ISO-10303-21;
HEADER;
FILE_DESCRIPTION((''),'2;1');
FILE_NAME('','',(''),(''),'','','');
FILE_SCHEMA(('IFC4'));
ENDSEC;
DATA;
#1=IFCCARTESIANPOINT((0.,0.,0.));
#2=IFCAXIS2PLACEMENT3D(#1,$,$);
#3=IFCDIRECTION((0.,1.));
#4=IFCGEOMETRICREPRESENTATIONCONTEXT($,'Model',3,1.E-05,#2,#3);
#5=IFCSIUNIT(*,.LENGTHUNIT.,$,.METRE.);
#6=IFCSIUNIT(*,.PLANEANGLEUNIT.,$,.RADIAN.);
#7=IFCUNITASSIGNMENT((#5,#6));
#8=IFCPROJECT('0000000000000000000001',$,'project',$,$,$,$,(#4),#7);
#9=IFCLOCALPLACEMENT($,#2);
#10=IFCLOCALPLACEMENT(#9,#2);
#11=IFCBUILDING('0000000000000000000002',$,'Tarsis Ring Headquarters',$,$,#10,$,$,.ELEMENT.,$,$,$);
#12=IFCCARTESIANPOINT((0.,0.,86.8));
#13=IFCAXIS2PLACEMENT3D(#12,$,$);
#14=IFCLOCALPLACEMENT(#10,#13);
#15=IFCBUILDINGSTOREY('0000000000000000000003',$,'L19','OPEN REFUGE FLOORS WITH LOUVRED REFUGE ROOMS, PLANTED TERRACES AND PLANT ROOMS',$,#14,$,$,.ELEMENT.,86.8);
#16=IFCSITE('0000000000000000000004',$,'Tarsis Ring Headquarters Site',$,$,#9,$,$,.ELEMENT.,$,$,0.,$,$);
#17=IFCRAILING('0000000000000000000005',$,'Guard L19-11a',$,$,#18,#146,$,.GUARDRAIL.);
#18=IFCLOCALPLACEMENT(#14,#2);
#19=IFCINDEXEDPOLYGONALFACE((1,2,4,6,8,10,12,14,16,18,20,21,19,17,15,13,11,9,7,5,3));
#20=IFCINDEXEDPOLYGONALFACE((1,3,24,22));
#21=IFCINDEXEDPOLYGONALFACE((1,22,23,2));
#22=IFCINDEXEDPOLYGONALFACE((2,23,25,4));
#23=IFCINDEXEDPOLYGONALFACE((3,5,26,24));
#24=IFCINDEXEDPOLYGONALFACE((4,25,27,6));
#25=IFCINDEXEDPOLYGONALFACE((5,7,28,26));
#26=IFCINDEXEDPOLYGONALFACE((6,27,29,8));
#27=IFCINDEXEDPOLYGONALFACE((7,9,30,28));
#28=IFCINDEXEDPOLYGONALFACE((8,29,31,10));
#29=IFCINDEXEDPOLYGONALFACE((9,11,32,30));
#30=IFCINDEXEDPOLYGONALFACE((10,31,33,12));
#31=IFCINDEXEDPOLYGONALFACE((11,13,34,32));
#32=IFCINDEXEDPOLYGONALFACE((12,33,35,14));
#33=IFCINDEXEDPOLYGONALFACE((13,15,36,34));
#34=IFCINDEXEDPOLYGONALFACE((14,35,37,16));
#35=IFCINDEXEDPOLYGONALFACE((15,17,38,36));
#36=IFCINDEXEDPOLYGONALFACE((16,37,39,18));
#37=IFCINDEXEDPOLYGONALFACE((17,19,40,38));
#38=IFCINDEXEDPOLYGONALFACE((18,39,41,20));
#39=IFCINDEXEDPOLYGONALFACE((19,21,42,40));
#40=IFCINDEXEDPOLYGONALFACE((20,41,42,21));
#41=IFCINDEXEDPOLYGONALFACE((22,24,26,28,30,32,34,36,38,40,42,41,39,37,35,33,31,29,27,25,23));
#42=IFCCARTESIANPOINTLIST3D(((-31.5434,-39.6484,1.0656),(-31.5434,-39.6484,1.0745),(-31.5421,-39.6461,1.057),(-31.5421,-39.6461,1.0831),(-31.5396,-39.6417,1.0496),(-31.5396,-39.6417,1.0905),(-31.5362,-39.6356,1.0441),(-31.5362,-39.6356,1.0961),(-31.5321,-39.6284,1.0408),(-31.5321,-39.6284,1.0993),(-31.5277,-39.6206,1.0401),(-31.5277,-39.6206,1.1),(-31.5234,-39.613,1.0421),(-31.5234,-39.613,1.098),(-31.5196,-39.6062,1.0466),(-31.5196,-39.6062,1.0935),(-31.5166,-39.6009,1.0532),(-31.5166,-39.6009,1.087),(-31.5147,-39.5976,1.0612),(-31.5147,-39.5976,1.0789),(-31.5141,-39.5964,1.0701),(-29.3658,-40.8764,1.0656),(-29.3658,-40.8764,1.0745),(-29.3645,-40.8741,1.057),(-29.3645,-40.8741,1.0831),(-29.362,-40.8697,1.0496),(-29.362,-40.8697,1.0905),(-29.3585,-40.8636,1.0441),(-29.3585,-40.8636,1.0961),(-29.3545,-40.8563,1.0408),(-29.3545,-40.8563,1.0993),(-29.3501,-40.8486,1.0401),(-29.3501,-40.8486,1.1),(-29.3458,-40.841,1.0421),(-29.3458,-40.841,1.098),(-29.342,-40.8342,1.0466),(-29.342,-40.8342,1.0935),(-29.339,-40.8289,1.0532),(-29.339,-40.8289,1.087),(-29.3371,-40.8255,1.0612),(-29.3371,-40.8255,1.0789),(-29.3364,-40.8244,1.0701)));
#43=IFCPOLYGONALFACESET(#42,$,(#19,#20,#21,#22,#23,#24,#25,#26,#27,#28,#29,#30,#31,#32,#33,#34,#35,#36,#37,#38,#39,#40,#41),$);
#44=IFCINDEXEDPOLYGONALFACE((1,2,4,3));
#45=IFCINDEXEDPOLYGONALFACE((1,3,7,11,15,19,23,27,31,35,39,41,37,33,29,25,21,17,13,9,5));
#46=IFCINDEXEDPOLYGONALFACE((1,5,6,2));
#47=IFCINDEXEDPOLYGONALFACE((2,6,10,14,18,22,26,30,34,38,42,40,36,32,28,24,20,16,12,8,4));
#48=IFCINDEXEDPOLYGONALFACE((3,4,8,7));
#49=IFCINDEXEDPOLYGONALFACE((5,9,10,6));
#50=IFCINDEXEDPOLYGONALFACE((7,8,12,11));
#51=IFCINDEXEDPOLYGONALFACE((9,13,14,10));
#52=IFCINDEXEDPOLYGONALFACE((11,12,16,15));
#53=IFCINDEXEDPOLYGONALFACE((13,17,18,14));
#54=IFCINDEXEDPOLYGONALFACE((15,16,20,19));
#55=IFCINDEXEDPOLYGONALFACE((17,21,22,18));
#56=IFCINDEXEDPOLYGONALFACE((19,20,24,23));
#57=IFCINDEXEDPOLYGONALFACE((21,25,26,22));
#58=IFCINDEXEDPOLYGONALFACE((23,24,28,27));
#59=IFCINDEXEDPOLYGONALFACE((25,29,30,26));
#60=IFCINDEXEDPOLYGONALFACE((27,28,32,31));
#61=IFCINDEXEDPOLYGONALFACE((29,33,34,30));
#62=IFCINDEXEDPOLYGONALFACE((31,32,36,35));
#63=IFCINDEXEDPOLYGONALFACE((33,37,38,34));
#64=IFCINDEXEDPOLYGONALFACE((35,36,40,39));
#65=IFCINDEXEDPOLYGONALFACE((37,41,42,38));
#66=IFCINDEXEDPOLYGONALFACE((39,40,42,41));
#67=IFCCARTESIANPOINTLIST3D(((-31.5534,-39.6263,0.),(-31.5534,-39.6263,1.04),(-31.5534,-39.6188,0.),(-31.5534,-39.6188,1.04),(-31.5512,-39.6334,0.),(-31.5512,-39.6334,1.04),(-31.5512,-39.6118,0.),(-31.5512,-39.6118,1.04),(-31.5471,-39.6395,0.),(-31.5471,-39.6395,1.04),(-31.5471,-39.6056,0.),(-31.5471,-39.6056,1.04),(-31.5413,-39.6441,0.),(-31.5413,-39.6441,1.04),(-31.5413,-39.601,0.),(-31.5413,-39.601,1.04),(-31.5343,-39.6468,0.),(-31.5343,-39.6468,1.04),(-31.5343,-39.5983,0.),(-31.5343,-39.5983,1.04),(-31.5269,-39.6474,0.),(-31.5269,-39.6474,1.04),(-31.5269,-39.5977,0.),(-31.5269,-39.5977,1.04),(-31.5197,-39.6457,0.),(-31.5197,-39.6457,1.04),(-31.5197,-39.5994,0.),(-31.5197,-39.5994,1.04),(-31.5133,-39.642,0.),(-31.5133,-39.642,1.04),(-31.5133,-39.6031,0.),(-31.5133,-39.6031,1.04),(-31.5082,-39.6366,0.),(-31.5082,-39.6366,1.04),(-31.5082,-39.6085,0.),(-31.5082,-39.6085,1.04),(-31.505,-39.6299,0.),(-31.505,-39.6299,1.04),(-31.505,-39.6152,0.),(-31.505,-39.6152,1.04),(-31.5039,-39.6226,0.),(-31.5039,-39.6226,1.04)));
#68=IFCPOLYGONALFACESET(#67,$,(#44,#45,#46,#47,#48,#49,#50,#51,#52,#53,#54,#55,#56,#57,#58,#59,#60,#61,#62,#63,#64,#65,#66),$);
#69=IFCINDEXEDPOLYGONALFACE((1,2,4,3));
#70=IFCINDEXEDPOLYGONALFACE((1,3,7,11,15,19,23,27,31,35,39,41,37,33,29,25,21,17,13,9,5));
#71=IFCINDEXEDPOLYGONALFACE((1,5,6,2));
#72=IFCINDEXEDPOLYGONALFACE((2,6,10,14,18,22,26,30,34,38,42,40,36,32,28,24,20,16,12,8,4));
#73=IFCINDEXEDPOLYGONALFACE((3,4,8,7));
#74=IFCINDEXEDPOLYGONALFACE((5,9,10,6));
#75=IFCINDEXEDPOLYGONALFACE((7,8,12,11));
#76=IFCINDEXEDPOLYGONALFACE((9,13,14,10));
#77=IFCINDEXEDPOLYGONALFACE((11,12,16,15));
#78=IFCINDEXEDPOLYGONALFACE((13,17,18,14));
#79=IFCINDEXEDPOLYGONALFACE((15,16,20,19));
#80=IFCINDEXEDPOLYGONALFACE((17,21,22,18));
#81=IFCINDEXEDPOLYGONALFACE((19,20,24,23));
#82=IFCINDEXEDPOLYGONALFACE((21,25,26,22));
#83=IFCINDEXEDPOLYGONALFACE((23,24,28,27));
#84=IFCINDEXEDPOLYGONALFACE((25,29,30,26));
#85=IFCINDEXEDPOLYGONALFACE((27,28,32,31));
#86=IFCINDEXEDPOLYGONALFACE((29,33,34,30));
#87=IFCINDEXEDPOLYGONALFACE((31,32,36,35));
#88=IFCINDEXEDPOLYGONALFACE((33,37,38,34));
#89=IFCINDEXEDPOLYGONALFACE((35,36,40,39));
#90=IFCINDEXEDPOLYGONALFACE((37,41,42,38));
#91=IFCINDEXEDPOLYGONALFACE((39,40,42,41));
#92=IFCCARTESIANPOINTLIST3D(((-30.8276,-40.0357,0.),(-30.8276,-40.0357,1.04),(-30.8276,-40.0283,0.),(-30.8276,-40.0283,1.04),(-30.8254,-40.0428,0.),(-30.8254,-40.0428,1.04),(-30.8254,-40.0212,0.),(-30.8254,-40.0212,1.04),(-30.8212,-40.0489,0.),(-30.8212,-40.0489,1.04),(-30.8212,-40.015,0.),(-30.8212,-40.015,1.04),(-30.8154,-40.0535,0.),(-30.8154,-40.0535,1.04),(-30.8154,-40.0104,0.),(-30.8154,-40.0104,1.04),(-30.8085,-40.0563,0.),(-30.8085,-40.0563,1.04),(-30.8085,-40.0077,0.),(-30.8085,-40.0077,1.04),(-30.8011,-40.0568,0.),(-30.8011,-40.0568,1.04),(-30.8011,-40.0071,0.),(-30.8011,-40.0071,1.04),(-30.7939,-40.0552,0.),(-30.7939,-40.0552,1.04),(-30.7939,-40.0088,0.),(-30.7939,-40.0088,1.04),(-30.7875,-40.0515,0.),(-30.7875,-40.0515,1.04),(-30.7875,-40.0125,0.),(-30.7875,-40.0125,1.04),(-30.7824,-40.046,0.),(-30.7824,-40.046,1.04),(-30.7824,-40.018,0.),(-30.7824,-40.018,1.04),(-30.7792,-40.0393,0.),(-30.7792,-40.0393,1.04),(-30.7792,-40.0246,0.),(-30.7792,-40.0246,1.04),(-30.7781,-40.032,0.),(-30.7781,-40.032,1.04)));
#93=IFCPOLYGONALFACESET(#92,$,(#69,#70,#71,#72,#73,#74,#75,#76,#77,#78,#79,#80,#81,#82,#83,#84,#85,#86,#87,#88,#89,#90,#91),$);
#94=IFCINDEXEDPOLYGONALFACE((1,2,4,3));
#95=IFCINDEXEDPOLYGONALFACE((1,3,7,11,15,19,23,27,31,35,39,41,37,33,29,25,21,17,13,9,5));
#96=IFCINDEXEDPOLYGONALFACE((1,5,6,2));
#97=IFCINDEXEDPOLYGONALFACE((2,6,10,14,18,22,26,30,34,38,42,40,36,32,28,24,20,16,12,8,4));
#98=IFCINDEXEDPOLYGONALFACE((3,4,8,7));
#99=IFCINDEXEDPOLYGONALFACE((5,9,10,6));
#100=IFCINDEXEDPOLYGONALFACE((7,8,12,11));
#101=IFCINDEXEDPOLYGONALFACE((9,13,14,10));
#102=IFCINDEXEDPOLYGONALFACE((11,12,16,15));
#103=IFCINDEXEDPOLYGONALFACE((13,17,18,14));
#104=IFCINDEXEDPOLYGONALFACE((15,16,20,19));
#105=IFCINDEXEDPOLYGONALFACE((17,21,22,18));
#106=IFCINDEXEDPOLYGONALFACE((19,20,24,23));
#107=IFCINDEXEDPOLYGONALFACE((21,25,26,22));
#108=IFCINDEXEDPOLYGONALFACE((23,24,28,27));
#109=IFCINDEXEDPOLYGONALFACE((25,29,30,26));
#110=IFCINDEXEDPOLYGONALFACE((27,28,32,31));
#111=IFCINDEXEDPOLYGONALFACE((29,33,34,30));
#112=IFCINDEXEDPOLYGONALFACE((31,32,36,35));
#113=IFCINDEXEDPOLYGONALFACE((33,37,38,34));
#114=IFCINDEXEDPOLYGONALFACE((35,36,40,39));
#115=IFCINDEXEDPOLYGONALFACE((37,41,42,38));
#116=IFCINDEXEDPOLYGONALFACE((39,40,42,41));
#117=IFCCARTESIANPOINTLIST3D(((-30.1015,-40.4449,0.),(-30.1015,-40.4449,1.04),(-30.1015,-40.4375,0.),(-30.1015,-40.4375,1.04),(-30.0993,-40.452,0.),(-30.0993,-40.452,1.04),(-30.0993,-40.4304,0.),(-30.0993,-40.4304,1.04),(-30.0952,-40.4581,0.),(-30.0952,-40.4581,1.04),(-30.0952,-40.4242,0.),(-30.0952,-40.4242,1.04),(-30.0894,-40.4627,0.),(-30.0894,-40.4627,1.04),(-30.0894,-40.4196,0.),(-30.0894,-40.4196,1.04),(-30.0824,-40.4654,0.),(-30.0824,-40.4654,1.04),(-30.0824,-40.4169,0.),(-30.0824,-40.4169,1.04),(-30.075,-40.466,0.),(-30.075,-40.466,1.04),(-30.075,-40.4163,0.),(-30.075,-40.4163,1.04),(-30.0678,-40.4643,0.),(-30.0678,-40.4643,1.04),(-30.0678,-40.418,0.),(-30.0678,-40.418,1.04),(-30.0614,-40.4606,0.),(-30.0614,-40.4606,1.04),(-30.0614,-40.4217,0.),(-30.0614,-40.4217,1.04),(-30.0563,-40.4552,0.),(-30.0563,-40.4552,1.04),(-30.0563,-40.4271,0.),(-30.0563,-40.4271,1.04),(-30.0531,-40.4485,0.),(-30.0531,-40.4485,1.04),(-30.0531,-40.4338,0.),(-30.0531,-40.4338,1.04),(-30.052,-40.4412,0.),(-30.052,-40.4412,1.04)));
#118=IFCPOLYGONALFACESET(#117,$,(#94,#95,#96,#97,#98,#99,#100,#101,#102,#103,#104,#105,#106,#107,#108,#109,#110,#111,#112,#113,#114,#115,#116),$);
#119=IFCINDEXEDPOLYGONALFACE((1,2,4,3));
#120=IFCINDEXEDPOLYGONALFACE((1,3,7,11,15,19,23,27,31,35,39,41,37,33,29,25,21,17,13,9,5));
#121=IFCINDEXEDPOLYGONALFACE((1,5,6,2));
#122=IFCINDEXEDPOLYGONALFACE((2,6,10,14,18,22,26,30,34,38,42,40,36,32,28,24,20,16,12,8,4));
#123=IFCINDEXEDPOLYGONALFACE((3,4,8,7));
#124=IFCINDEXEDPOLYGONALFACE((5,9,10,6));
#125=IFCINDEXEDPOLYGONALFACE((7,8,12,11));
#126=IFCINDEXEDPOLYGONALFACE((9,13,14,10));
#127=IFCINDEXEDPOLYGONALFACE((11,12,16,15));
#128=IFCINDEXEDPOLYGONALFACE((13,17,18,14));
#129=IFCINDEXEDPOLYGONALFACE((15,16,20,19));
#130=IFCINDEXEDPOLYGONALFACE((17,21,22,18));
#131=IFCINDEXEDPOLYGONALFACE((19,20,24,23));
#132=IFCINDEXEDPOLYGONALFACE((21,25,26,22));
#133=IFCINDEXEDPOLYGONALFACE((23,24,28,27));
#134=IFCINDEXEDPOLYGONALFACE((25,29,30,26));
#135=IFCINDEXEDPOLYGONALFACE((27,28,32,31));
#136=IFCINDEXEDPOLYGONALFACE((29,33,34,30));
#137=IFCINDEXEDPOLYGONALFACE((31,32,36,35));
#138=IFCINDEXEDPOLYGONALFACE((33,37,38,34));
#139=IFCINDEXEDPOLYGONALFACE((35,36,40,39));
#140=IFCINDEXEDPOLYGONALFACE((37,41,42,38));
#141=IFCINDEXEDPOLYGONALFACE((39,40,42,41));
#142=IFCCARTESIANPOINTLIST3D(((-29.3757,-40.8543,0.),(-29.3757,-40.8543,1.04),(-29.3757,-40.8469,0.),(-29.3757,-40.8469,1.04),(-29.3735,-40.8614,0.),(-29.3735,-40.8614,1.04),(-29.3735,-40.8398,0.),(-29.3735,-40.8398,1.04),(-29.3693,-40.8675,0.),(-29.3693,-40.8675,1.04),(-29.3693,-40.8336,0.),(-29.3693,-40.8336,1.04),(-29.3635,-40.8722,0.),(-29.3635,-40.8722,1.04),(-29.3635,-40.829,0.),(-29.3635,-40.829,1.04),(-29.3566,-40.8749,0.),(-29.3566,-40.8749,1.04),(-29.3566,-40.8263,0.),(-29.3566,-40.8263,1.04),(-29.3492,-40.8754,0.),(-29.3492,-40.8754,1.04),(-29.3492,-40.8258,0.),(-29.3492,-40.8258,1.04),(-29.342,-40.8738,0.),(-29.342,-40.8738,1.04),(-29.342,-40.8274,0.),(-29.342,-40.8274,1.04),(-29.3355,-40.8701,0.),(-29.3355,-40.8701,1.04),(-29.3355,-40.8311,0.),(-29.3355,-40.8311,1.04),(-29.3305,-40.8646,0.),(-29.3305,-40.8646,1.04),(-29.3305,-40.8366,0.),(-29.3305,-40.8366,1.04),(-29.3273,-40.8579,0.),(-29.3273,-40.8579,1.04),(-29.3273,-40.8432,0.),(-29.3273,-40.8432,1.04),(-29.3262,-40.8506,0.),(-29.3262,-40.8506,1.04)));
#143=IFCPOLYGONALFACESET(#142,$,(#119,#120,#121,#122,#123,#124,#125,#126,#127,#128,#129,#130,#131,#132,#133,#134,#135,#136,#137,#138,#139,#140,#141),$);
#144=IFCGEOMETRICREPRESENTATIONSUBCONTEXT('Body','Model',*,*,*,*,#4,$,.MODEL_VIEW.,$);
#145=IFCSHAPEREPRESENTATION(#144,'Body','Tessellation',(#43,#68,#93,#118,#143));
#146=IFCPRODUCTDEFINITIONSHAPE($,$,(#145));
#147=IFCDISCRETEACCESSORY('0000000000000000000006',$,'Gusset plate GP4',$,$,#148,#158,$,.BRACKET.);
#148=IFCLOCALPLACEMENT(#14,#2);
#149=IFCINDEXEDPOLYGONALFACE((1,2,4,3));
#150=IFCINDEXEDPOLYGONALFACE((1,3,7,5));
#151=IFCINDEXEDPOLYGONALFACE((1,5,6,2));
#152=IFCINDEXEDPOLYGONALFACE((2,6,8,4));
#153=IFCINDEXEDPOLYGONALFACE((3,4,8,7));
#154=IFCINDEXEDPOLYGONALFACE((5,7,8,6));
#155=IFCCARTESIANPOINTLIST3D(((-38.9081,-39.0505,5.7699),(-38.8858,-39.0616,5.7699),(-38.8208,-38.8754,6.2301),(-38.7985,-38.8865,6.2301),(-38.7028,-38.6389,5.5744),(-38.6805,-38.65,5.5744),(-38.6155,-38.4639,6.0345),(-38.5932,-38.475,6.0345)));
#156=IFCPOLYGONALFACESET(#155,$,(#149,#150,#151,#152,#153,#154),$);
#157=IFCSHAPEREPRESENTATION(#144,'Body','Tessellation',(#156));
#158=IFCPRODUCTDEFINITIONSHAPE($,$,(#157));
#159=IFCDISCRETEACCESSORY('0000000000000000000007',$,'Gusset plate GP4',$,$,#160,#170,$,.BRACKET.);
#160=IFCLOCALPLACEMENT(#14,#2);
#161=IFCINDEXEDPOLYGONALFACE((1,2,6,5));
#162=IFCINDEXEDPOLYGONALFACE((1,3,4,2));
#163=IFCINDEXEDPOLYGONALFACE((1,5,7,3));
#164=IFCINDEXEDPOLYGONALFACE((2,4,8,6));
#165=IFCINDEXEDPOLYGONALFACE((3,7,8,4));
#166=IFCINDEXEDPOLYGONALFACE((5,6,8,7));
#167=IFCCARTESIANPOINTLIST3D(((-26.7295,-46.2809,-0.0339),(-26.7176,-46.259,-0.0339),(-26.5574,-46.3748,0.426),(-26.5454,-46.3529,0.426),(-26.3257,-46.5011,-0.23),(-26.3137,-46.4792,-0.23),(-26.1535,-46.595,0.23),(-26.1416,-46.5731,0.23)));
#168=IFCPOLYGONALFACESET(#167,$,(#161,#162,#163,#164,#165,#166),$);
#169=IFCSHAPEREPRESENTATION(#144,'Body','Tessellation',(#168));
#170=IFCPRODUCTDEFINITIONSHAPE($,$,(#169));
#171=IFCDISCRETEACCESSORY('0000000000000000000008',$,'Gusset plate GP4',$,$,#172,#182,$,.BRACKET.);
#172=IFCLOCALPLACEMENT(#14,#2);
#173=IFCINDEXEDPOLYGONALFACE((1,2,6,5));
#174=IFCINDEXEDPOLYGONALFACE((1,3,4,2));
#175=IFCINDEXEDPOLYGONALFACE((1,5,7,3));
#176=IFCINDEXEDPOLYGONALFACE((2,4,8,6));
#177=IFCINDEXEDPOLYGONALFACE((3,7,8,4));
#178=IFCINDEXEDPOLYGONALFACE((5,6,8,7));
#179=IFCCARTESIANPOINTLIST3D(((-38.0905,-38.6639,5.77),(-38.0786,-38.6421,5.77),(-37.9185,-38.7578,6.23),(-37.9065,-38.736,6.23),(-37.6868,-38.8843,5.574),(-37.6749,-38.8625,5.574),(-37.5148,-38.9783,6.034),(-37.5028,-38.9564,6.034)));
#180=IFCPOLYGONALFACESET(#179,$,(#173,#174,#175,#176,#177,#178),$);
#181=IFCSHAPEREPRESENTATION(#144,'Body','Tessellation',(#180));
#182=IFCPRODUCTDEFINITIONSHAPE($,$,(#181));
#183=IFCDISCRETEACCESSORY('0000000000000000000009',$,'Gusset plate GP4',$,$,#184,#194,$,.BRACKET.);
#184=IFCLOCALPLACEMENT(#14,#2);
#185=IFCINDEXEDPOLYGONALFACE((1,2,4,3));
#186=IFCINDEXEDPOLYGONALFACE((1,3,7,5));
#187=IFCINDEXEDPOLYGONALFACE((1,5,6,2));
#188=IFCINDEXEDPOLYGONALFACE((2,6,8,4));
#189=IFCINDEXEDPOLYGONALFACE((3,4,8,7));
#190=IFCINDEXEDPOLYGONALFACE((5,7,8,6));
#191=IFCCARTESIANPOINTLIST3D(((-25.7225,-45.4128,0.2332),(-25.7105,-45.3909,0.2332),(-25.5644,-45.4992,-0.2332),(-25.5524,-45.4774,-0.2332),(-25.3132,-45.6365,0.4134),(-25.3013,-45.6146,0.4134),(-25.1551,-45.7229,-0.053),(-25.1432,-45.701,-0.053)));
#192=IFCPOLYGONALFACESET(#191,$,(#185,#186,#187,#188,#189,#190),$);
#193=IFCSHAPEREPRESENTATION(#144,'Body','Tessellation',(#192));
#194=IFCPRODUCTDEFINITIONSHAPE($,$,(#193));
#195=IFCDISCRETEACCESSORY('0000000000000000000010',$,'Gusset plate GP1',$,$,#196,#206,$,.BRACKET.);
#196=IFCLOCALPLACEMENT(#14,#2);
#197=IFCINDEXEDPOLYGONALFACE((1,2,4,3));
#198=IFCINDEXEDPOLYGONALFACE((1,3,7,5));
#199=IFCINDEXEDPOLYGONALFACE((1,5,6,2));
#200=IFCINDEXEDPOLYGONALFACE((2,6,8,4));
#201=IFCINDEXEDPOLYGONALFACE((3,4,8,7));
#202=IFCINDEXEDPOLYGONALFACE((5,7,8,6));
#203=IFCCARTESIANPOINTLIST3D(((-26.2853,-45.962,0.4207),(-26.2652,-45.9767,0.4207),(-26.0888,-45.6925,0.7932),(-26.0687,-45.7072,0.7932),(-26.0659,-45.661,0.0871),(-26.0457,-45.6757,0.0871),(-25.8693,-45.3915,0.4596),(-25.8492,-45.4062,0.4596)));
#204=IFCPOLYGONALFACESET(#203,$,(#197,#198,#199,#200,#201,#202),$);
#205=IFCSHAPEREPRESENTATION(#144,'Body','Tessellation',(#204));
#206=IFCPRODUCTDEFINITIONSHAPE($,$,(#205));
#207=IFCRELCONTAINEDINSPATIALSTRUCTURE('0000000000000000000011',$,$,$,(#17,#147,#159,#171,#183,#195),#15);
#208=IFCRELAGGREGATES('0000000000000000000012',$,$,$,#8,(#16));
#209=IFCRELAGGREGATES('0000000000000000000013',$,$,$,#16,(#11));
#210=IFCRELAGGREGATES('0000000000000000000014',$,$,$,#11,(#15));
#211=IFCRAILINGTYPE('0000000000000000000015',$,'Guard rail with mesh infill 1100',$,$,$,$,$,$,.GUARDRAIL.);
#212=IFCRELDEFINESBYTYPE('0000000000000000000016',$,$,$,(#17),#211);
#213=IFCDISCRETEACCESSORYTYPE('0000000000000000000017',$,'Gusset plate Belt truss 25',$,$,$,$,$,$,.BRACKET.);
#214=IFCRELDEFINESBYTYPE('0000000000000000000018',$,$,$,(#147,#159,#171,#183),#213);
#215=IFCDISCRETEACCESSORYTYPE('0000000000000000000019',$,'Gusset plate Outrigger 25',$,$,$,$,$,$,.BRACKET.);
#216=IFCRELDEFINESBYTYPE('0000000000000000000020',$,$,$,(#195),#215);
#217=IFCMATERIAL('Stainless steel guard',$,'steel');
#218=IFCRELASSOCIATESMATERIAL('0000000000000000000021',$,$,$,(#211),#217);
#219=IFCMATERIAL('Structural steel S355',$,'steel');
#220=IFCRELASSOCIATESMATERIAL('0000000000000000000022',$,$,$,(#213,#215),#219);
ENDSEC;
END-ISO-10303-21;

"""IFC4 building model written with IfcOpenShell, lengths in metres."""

from ifc_helpers import new_model, si_unit, direction, frame, origin, origin_2d, place, context, subcontext, project, spatial, rectangle, circle, extrude, material, material_profile, profile_set, type_object, element, save


model = new_model("IFC4")

# Units and contexts
model_context = context("Model", 3, precision=1e-05, world=origin(), true_north=direction((0.0, 1.0)))
body_context = subcontext(model_context, "Body", "Model", "MODEL_VIEW")
ifc_project = project(units=[si_unit("LENGTHUNIT", "METRE"), si_unit("PLANEANGLEUNIT", "RADIAN")], contexts=[model_context])

# Site, building, storey
site_placement = place(None, origin())
site = spatial("IfcSite", under=ifc_project, at=site_placement, Name="Tarsis Ring Headquarters Site", CompositionType="ELEMENT", RefElevation=0.0)
building_placement = place(site_placement, origin())
building = spatial("IfcBuilding", under=site, at=building_placement, Name="Tarsis Ring Headquarters", CompositionType="ELEMENT")
storey_placement = place(building_placement, frame((0.0, 0.0, 86.8)))
storey = spatial("IfcBuildingStorey", under=building, at=storey_placement, Name="L19", Description="OPEN REFUGE FLOORS WITH LOUVRED REFUGE ROOMS, PLANTED TERRACES AND PLANT ROOMS", CompositionType="ELEMENT", Elevation=86.8)

# Shared definitions
ifc_material_1 = material(Name="Structural steel S355", Category="steel")

# Railing
ifc_material_2 = material(Name="Stainless steel guard", Category="steel")
railing_type_1 = type_object("IfcRailingType", Name="Guard rail with mesh infill 1100", PredefinedType="GUARDRAIL", material=ifc_material_2)
railing_1_placement = place(storey_placement, frame((-31.5288, -39.6226, 0.0)))
element("IfcRailing", 1, at=railing_1_placement, inside=storey, type_object=railing_type_1, Name="Guard L19-11a", PredefinedType="GUARDRAIL", context=body_context, shape_type="SweptSolid", body=[
    extrude(circle(Radius=0.03, at=origin_2d()), frame((0.0, 0.0, 1.0701), z_axis=(0.871053, -0.491188, 0.0), x_axis=(0.491188, 0.871053, 0.0)), (0.0, 0.0, 1.0), 2.5),
    extrude(circle(Radius=0.0249, at=origin_2d()), origin(), (0.0, 0.0, 1.0), 1.04),
    extrude(circle(Radius=0.0249, at=origin_2d()), frame((0.7258, -0.4094, 0.0)), (0.0, 0.0, 1.0), 1.04),
    extrude(circle(Radius=0.0249, at=origin_2d()), frame((1.4519, -0.8186, 0.0)), (0.0, 0.0, 1.0), 1.04),
    extrude(circle(Radius=0.0249, at=origin_2d()), frame((2.1777, -1.228, 0.0)), (0.0, 0.0, 1.0), 1.04),
])

# Discrete accessories
ifc_material_profile_1 = material_profile(ifc_material_1, rectangle(XDim=0.0249, YDim=0.5, at=origin_2d()), Name="PL 25x500")
ifc_profile_set_1 = profile_set([ifc_material_profile_1], Name="Structural steel S355")
discrete_accessory_type_1 = type_object("IfcDiscreteAccessoryType", Name="Gusset plate Belt truss 25", PredefinedType="BRACKET", material=ifc_profile_set_1)
discrete_accessory_1_placement = place(storey_placement, frame((-38.8533, -38.9685, 6.0), z_axis=(0.410783, 0.82352, -0.391245), x_axis=(-0.894851, 0.446364, 0.0)))
element("IfcDiscreteAccessory", 2, at=discrete_accessory_1_placement, inside=storey, type_object=discrete_accessory_type_1, Name="Gusset plate GP4", PredefinedType="BRACKET", context=body_context, shape_type="SweptSolid", body=[
    extrude(rectangle(XDim=0.0249, YDim=0.5, at=origin_2d()), origin(), (0.0, 0.0, 1.0), 0.4998),
])
for number, where, z_axis, x_axis, name in (
    (3, (-26.2336, -46.5371, 0.0), (-0.807634, 0.440439, 0.392098), (-0.478778, -0.877936, 0.0), "Gusset plate GP4"),
    (4, (-37.9985, -38.7, 6.0), (0.80746, -0.440832, -0.392014), (0.479187, 0.877713, 0.0), "Gusset plate GP4"),
    (5, (-25.6375, -45.4451, 0.0), (0.818518, -0.447352, 0.360422), (0.479586, 0.877495, 0.0), "Gusset plate GP4"),
):
    element("IfcDiscreteAccessory", number, at=place(storey_placement, frame(where, z_axis=z_axis, x_axis=x_axis)), inside=storey, type_object=discrete_accessory_type_1, Name=name, PredefinedType="BRACKET", context=body_context, shape_type="SweptSolid", body=[
        extrude(rectangle(XDim=0.0249, YDim=0.5, at=origin_2d()), origin(), (0.0, 0.0, 1.0), 0.5),
    ])
discrete_accessory_type_2 = type_object("IfcDiscreteAccessoryType", Name="Gusset plate Outrigger 25", PredefinedType="BRACKET", material=ifc_profile_set_1)
discrete_accessory_2_placement = place(storey_placement, frame((-26.1655, -45.8188, 0.2539), z_axis=(0.39301, 0.538985, 0.745009), x_axis=(-0.808008, 0.589172, 0.0)))
element("IfcDiscreteAccessory", 6, at=discrete_accessory_2_placement, inside=storey, type_object=discrete_accessory_type_2, Name="Gusset plate GP1", PredefinedType="BRACKET", context=body_context, shape_type="SweptSolid", body=[
    extrude(rectangle(XDim=0.0249, YDim=0.5, at=origin_2d()), origin(), (0.0, 0.0, 1.0), 0.5),
])

save(model, "model.ifc")
